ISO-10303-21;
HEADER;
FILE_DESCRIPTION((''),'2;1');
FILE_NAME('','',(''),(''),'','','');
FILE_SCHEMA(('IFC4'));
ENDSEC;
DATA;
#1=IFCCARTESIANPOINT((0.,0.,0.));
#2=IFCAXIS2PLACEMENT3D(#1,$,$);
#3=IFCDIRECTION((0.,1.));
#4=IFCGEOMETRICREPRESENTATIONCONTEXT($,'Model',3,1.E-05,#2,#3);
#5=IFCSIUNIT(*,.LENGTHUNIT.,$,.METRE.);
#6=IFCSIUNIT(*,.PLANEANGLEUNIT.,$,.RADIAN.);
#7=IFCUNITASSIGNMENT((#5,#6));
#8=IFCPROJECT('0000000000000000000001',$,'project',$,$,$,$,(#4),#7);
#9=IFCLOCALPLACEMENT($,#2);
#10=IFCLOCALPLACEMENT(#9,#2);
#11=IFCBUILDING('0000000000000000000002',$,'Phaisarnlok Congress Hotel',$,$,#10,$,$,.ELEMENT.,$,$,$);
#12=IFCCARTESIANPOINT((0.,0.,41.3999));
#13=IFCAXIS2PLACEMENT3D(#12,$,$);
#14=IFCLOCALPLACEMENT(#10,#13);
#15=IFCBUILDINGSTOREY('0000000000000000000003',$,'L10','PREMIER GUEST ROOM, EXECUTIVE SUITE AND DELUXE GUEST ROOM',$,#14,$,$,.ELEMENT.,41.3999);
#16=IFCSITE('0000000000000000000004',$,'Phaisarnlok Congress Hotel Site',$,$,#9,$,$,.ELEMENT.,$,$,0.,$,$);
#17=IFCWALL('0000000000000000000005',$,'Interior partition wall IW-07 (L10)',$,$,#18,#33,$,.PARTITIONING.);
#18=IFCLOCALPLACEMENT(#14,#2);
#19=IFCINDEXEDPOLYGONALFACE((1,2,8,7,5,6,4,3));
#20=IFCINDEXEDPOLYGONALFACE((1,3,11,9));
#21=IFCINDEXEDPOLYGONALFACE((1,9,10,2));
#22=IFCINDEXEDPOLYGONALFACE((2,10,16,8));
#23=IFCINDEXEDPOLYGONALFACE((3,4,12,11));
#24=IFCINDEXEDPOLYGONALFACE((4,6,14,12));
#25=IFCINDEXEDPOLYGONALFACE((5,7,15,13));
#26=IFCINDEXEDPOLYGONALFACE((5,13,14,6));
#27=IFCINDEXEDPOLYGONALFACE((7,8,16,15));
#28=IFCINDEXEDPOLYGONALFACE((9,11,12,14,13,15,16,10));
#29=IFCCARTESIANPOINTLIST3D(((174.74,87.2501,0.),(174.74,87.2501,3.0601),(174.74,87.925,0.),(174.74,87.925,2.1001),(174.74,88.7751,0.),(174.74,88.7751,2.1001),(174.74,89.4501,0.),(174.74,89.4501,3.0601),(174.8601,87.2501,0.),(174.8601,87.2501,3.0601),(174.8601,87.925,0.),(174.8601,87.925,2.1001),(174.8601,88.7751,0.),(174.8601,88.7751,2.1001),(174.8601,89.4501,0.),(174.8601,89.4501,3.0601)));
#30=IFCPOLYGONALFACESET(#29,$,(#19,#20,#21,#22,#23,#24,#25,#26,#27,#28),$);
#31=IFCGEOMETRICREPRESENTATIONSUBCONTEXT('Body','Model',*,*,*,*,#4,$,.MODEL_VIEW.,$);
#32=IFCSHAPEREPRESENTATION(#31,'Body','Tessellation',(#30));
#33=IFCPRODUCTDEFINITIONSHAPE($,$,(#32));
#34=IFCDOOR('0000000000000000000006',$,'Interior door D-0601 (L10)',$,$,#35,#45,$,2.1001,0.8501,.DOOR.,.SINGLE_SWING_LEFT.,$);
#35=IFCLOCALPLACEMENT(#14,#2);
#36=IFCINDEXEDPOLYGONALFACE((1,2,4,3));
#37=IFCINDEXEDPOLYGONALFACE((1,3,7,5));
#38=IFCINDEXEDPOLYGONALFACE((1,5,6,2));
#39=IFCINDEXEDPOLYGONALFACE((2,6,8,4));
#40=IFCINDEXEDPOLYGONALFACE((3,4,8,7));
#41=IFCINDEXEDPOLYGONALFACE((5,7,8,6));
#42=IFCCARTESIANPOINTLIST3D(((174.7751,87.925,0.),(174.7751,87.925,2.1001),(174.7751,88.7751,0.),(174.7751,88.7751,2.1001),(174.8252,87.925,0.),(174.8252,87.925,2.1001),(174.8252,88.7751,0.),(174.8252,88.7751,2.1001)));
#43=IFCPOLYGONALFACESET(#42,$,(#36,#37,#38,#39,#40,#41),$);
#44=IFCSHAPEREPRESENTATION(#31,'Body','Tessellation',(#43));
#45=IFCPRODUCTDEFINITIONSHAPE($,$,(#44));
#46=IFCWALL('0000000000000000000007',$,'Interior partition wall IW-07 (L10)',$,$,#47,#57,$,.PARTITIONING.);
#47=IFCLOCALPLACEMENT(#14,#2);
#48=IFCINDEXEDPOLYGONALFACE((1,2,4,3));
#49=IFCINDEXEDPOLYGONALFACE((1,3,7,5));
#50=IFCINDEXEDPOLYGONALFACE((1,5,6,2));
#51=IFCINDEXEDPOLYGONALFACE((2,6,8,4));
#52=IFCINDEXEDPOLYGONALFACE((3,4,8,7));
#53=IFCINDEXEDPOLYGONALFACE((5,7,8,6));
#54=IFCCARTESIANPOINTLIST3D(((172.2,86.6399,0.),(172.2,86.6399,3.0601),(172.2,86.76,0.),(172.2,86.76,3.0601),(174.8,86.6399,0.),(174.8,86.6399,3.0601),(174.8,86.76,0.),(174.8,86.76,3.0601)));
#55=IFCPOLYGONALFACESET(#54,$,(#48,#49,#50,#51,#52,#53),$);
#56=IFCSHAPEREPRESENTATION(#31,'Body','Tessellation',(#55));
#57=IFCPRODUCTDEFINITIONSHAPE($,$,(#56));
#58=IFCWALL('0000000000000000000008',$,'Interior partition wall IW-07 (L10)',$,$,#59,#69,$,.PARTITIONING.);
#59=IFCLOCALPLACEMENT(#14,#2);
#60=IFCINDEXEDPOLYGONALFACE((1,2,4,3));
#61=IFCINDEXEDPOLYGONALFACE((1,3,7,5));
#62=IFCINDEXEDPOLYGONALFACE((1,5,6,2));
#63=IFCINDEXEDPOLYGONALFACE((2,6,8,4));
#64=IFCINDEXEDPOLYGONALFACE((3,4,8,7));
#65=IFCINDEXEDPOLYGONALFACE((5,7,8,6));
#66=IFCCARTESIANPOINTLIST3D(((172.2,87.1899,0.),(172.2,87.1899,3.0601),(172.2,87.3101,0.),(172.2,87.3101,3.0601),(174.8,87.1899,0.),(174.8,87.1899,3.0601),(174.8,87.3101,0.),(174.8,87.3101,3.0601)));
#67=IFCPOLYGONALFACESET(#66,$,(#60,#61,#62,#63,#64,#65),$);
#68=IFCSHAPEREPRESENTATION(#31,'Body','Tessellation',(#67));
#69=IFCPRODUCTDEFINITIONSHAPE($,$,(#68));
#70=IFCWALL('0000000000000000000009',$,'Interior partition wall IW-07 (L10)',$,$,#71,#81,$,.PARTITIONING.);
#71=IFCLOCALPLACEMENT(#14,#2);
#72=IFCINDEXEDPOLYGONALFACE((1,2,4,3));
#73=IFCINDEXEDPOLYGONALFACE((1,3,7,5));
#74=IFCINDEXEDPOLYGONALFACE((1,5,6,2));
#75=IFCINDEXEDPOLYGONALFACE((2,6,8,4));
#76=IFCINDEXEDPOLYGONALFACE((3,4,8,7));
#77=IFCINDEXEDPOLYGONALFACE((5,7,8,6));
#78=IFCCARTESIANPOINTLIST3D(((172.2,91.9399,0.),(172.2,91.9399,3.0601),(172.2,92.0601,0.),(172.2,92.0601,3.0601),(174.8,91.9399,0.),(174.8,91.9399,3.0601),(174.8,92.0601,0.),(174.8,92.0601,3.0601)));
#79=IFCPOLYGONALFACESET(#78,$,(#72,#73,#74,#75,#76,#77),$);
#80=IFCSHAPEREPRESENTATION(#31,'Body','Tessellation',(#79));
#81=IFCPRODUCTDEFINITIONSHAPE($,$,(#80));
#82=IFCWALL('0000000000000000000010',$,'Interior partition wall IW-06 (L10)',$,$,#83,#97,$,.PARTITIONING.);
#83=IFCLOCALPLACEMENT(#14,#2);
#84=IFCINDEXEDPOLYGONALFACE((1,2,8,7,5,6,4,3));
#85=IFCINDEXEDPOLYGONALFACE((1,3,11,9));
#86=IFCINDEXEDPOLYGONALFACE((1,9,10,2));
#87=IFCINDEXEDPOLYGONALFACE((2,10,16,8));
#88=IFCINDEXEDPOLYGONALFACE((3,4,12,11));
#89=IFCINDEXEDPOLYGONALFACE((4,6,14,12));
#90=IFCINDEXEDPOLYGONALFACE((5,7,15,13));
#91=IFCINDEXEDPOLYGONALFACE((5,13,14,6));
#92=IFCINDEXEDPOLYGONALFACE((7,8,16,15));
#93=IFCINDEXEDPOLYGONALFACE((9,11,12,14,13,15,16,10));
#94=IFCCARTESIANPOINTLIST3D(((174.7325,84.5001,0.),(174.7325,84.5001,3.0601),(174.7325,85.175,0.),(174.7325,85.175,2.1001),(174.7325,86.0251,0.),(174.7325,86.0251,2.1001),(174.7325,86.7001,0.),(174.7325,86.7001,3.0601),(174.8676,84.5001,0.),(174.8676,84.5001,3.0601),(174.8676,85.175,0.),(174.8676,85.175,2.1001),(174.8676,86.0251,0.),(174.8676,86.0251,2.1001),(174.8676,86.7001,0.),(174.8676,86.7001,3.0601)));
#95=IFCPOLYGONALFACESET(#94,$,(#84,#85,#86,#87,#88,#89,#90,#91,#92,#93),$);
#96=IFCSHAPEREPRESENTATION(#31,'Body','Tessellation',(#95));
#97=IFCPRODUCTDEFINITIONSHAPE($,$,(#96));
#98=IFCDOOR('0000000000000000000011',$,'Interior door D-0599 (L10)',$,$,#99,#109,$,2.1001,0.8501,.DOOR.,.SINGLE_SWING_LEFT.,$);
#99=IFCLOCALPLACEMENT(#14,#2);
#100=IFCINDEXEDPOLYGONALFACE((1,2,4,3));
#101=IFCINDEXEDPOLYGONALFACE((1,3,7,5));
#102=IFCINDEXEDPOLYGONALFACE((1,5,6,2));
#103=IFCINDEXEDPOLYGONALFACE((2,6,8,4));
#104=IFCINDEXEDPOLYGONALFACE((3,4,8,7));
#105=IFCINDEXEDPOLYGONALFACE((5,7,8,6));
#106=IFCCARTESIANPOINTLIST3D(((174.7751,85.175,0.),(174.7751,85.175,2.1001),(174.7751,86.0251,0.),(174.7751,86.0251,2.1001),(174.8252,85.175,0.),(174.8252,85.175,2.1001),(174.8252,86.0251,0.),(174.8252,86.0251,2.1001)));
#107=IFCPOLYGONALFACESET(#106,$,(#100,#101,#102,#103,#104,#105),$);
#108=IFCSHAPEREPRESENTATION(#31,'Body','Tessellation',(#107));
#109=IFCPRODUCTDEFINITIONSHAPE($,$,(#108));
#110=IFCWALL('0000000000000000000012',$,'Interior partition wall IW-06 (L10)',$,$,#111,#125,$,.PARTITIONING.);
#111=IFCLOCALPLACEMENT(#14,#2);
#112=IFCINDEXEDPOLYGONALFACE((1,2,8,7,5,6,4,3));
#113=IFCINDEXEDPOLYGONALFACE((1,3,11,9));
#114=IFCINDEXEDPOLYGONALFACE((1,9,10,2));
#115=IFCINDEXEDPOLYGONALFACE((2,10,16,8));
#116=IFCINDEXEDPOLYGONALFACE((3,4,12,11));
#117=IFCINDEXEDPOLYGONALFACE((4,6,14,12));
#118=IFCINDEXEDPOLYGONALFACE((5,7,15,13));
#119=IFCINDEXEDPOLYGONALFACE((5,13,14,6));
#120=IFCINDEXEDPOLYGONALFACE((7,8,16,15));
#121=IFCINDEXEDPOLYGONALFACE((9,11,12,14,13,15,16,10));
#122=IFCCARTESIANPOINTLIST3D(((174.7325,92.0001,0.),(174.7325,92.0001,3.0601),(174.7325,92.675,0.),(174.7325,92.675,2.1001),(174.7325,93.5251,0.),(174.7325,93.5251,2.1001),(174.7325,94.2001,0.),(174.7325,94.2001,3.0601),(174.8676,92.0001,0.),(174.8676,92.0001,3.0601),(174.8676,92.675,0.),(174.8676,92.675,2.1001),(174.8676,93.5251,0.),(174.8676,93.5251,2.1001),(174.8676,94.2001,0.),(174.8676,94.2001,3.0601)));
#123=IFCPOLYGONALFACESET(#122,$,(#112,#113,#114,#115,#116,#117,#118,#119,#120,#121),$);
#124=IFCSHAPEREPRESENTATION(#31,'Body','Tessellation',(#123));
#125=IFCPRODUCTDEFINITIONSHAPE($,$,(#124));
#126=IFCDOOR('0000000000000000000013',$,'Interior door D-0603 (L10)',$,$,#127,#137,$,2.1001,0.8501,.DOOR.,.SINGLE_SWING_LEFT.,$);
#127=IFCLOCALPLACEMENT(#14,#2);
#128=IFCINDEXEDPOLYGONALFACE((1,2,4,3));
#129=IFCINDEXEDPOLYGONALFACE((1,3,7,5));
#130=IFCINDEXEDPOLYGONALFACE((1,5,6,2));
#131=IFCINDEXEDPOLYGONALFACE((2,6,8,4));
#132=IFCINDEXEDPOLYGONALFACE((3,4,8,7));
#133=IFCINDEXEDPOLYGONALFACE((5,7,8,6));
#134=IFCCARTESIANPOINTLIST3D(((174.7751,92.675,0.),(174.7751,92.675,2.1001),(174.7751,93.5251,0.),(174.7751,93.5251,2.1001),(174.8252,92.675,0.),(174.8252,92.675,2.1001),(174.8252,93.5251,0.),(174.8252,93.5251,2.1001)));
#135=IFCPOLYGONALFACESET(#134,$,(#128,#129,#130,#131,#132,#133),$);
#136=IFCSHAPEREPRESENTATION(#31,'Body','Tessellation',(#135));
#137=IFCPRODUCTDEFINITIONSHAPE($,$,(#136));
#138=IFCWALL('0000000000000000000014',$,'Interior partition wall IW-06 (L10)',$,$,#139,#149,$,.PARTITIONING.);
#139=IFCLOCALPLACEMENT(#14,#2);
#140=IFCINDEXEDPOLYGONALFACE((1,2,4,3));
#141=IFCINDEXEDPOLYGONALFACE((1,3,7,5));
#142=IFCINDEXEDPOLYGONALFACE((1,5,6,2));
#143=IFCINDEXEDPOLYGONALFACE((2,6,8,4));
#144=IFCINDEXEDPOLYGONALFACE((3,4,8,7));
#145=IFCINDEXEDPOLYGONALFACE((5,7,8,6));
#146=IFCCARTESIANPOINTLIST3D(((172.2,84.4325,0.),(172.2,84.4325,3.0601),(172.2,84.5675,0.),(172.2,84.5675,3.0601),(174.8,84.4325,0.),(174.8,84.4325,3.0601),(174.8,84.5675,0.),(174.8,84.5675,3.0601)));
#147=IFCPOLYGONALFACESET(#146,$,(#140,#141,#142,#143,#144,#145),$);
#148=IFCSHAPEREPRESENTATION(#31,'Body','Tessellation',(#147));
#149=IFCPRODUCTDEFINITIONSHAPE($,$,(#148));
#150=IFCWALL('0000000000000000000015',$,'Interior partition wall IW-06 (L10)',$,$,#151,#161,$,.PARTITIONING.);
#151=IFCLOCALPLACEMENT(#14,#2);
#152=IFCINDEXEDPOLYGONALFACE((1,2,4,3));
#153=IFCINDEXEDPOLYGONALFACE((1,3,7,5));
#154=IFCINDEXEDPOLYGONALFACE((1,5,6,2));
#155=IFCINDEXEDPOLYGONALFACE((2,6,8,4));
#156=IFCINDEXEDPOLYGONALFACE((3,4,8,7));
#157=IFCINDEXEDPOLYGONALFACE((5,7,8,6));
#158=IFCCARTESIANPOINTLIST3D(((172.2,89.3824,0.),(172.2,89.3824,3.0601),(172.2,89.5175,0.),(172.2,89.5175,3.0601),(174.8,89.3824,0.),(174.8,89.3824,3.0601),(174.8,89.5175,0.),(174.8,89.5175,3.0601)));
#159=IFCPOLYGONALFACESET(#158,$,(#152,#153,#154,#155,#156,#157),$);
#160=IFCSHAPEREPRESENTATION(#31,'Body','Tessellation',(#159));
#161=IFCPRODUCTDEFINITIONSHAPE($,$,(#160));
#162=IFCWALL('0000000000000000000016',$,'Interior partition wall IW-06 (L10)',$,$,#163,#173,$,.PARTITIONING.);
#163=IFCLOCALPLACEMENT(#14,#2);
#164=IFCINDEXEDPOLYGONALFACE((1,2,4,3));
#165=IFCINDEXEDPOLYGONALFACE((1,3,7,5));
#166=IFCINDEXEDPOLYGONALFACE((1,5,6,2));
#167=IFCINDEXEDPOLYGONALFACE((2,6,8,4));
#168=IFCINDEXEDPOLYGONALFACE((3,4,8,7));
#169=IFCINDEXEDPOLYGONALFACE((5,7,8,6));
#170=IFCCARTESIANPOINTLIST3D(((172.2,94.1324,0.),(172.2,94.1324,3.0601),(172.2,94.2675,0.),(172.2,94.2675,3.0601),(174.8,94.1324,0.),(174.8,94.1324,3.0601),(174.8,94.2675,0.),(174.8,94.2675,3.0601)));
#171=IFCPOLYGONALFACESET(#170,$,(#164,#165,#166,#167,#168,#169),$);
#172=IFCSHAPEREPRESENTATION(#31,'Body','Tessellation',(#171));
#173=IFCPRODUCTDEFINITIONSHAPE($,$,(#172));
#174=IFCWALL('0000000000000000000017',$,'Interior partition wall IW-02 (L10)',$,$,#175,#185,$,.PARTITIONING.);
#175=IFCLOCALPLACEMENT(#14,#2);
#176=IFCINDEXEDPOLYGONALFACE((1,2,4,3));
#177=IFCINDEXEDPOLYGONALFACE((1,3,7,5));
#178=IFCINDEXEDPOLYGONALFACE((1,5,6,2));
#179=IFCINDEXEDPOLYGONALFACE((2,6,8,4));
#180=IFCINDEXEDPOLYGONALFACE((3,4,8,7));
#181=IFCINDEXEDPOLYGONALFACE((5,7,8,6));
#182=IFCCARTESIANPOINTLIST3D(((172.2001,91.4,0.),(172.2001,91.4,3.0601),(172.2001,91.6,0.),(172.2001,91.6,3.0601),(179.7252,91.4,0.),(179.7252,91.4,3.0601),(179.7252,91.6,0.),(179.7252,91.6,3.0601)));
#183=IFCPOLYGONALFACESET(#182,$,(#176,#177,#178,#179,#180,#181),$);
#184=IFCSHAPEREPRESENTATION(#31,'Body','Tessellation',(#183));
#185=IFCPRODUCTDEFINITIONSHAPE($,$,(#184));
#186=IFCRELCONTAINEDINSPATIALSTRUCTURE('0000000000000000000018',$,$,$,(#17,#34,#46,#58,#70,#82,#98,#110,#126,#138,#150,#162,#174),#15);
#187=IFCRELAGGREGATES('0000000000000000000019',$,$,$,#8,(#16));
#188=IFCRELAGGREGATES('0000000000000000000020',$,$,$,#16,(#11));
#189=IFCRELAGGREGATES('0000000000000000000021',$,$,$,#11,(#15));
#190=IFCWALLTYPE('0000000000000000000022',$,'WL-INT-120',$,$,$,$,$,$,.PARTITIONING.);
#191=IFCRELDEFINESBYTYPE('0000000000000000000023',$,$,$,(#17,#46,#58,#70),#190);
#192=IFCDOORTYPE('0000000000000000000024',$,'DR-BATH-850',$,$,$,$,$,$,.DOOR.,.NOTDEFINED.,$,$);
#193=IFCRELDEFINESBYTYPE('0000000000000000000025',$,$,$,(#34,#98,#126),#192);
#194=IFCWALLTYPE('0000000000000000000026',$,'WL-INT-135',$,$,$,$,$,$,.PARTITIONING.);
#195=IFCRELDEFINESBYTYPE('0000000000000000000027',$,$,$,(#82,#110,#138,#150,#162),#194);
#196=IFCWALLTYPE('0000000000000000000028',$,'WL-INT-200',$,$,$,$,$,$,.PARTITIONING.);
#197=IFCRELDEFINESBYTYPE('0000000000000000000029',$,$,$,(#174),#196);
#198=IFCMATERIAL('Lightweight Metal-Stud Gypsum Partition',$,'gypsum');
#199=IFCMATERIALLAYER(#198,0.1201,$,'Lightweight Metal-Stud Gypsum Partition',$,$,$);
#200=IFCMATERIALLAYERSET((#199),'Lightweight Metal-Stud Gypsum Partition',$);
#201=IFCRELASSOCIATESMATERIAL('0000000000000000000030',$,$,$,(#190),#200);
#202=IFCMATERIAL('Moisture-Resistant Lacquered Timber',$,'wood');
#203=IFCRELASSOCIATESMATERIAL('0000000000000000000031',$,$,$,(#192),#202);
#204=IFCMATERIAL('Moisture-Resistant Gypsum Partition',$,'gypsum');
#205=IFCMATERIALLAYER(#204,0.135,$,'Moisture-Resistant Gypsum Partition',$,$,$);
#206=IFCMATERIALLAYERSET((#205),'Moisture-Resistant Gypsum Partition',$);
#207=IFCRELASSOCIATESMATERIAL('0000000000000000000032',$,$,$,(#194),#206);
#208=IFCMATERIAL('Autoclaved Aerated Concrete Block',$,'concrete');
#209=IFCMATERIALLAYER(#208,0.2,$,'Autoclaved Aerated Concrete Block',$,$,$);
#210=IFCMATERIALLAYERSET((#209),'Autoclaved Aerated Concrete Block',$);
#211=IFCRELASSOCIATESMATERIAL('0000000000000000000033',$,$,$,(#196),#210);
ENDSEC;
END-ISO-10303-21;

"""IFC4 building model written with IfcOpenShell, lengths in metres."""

from ifc_helpers import new_model, si_unit, direction, frame, frame_2d, origin, place, context, subcontext, project, spatial, rectangle, extrude, material, layer, layer_set, type_object, element, fill, save


model = new_model("IFC4")

# Units and contexts
model_context = context("Model", 3, precision=1e-05, world=origin(), true_north=direction((0.0, 1.0)))
body_context = subcontext(model_context, "Body", "Model", "MODEL_VIEW")
ifc_project = project(units=[si_unit("LENGTHUNIT", "METRE"), si_unit("PLANEANGLEUNIT", "RADIAN")], contexts=[model_context])

# Site, building, storey
site_placement = place(None, origin())
site = spatial("IfcSite", under=ifc_project, at=site_placement, Name="Phaisarnlok Congress Hotel Site", CompositionType="ELEMENT", RefElevation=0.0)
building_placement = place(site_placement, origin())
building = spatial("IfcBuilding", under=site, at=building_placement, Name="Phaisarnlok Congress Hotel", CompositionType="ELEMENT")
storey_placement = place(building_placement, frame((0.0, 0.0, 41.3999)))
storey = spatial("IfcBuildingStorey", under=building, at=storey_placement, Name="L10", Description="PREMIER GUEST ROOM, EXECUTIVE SUITE AND DELUXE GUEST ROOM", CompositionType="ELEMENT", Elevation=41.3999)

# Wall, opening, door
ifc_material_1 = material(Name="Lightweight Metal-Stud Gypsum Partition", Category="gypsum")
ifc_layer_1 = layer(ifc_material_1, 0.1201, Name="Lightweight Metal-Stud Gypsum Partition")
ifc_layer_set_1 = layer_set([ifc_layer_1], Name="Lightweight Metal-Stud Gypsum Partition")
wall_type_1 = type_object("IfcWallType", Name="WL-INT-120", PredefinedType="PARTITIONING", material=ifc_layer_set_1)
wall_1_placement = place(storey_placement, frame((174.8, 87.25, 0.0), z_axis=(0.0, 0.0, 1.0), x_axis=(0.0, 1.0, 0.0)))
wall_1 = element("IfcWall", 1, at=wall_1_placement, inside=storey, type_object=wall_type_1, Name="Interior partition wall IW-07 (L10)", PredefinedType="PARTITIONING", context=body_context, shape_type="SweptSolid", body=[
    extrude(rectangle(XDim=2.2, YDim=0.1201, at=frame_2d((1.1001, 0.0))), origin(), (0.0, 0.0, 1.0), 3.0601),
])
opening_1_placement = place(wall_1_placement, frame((0.675, 0.0, 0.0)))
opening_1 = element("IfcOpeningElement", 2, at=opening_1_placement, cuts=wall_1, PredefinedType="OPENING", context=body_context, shape_type="SweptSolid", body=[
    extrude(rectangle(XDim=0.8501, YDim=2.1001, at=frame_2d((0.425, 1.05))), frame((0.0, 0.0701, 0.0), z_axis=(0.0, -1.0, 0.0), x_axis=(1.0, 0.0, 0.0)), (0.0, 0.0, 1.0), 0.1401),
])
ifc_material_2 = material(Name="Moisture-Resistant Lacquered Timber", Category="wood")
door_type = type_object("IfcDoorType", Name="DR-BATH-850", OperationType="NOTDEFINED", PredefinedType="DOOR", material=ifc_material_2)
door_1_placement = place(opening_1_placement, origin())
door_1 = element("IfcDoor", 3, at=door_1_placement, inside=storey, type_object=door_type, Name="Interior door D-0601 (L10)", OperationType="SINGLE_SWING_LEFT", OverallHeight=2.1001, OverallWidth=0.8501, PredefinedType="DOOR", context=body_context, shape_type="SweptSolid", body=[
    extrude(rectangle(XDim=0.8501, YDim=2.1001, at=frame_2d((0.425, 1.05))), frame((0.0, 0.0249, 0.0), z_axis=(0.0, -1.0, 0.0), x_axis=(1.0, 0.0, 0.0)), (0.0, 0.0, 1.0), 0.05),
])
fill(opening_1, door_1)

# Walls
for number, where, z_axis, x_axis, name in (
    (4, (172.2, 86.7, 0.0), (0.0, 0.0, 1.0), (1.0, 0.0, 0.0), "Interior partition wall IW-07 (L10)"),
    (5, (172.2, 87.25, 0.0), (0.0, 0.0, 1.0), (1.0, 0.0, 0.0), "Interior partition wall IW-07 (L10)"),
    (6, (172.2, 92.0, 0.0), (0.0, 0.0, 1.0), (1.0, 0.0, 0.0), "Interior partition wall IW-07 (L10)"),
):
    element("IfcWall", number, at=place(storey_placement, frame(where, z_axis=z_axis, x_axis=x_axis)), inside=storey, type_object=wall_type_1, Name=name, PredefinedType="PARTITIONING", context=body_context, shape_type="SweptSolid", body=[
        extrude(rectangle(XDim=2.6001, YDim=0.1201, at=frame_2d((1.3, 0.0))), origin(), (0.0, 0.0, 1.0), 3.0601),
    ])

# Walls, openings, doors
ifc_material_3 = material(Name="Moisture-Resistant Gypsum Partition", Category="gypsum")
ifc_layer_2 = layer(ifc_material_3, 0.135, Name="Moisture-Resistant Gypsum Partition")
ifc_layer_set_2 = layer_set([ifc_layer_2], Name="Moisture-Resistant Gypsum Partition")
wall_type_2 = type_object("IfcWallType", Name="WL-INT-135", PredefinedType="PARTITIONING", material=ifc_layer_set_2)
wall_2_placement = place(storey_placement, frame((174.8, 84.5, 0.0), z_axis=(0.0, 0.0, 1.0), x_axis=(0.0, 1.0, 0.0)))
wall_2 = element("IfcWall", 7, at=wall_2_placement, inside=storey, type_object=wall_type_2, Name="Interior partition wall IW-06 (L10)", PredefinedType="PARTITIONING", context=body_context, shape_type="SweptSolid", body=[
    extrude(rectangle(XDim=2.2, YDim=0.135, at=frame_2d((1.1001, 0.0))), origin(), (0.0, 0.0, 1.0), 3.0601),
])
opening_2_placement = place(wall_2_placement, frame((0.675, 0.0, 0.0)))
opening_2 = element("IfcOpeningElement", 8, at=opening_2_placement, cuts=wall_2, PredefinedType="OPENING", context=body_context, shape_type="SweptSolid", body=[
    extrude(rectangle(XDim=0.8501, YDim=2.1001, at=frame_2d((0.425, 1.05))), frame((0.0, 0.0776, 0.0), z_axis=(0.0, -1.0, 0.0), x_axis=(1.0, 0.0, 0.0)), (0.0, 0.0, 1.0), 0.155),
])
door_2_placement = place(opening_2_placement, origin())
door_2 = element("IfcDoor", 9, at=door_2_placement, inside=storey, type_object=door_type, Name="Interior door D-0599 (L10)", OperationType="SINGLE_SWING_LEFT", OverallHeight=2.1001, OverallWidth=0.8501, PredefinedType="DOOR", context=body_context, shape_type="SweptSolid", body=[
    extrude(rectangle(XDim=0.8501, YDim=2.1001, at=frame_2d((0.425, 1.05))), frame((0.0, 0.0249, 0.0), z_axis=(0.0, -1.0, 0.0), x_axis=(1.0, 0.0, 0.0)), (0.0, 0.0, 1.0), 0.05),
])
fill(opening_2, door_2)
wall_3_placement = place(storey_placement, frame((174.8, 92.0, 0.0), z_axis=(0.0, 0.0, 1.0), x_axis=(0.0, 1.0, 0.0)))
wall_3 = element("IfcWall", 10, at=wall_3_placement, inside=storey, type_object=wall_type_2, Name="Interior partition wall IW-06 (L10)", PredefinedType="PARTITIONING", context=body_context, shape_type="SweptSolid", body=[
    extrude(rectangle(XDim=2.2, YDim=0.135, at=frame_2d((1.1001, 0.0))), origin(), (0.0, 0.0, 1.0), 3.0601),
])
opening_3_placement = place(wall_3_placement, frame((0.675, 0.0, 0.0)))
opening_3 = element("IfcOpeningElement", 11, at=opening_3_placement, cuts=wall_3, PredefinedType="OPENING", context=body_context, shape_type="SweptSolid", body=[
    extrude(rectangle(XDim=0.8501, YDim=2.1001, at=frame_2d((0.425, 1.05))), frame((0.0, 0.0776, 0.0), z_axis=(0.0, -1.0, 0.0), x_axis=(1.0, 0.0, 0.0)), (0.0, 0.0, 1.0), 0.155),
])
door_3_placement = place(opening_3_placement, origin())
door_3 = element("IfcDoor", 12, at=door_3_placement, inside=storey, type_object=door_type, Name="Interior door D-0603 (L10)", OperationType="SINGLE_SWING_LEFT", OverallHeight=2.1001, OverallWidth=0.8501, PredefinedType="DOOR", context=body_context, shape_type="SweptSolid", body=[
    extrude(rectangle(XDim=0.8501, YDim=2.1001, at=frame_2d((0.425, 1.05))), frame((0.0, 0.0249, 0.0), z_axis=(0.0, -1.0, 0.0), x_axis=(1.0, 0.0, 0.0)), (0.0, 0.0, 1.0), 0.05),
])
fill(opening_3, door_3)

# Walls
for number, where, z_axis, x_axis, name in (
    (13, (172.2, 84.5, 0.0), (0.0, 0.0, 1.0), (1.0, 0.0, 0.0), "Interior partition wall IW-06 (L10)"),
    (14, (172.2, 89.45, 0.0), (0.0, 0.0, 1.0), (1.0, 0.0, 0.0), "Interior partition wall IW-06 (L10)"),
    (15, (172.2, 94.2, 0.0), (0.0, 0.0, 1.0), (1.0, 0.0, 0.0), "Interior partition wall IW-06 (L10)"),
):
    element("IfcWall", number, at=place(storey_placement, frame(where, z_axis=z_axis, x_axis=x_axis)), inside=storey, type_object=wall_type_2, Name=name, PredefinedType="PARTITIONING", context=body_context, shape_type="SweptSolid", body=[
        extrude(rectangle(XDim=2.6001, YDim=0.135, at=frame_2d((1.3, 0.0))), origin(), (0.0, 0.0, 1.0), 3.0601),
    ])
ifc_material_4 = material(Name="Autoclaved Aerated Concrete Block", Category="concrete")
ifc_layer_3 = layer(ifc_material_4, 0.2, Name="Autoclaved Aerated Concrete Block")
ifc_layer_set_3 = layer_set([ifc_layer_3], Name="Autoclaved Aerated Concrete Block")
wall_type_3 = type_object("IfcWallType", Name="WL-INT-200", PredefinedType="PARTITIONING", material=ifc_layer_set_3)
wall_4_placement = place(storey_placement, frame((172.2, 91.5, 0.0), z_axis=(0.0, 0.0, 1.0), x_axis=(1.0, 0.0, 0.0)))
element("IfcWall", 16, at=wall_4_placement, inside=storey, type_object=wall_type_3, Name="Interior partition wall IW-02 (L10)", PredefinedType="PARTITIONING", context=body_context, shape_type="SweptSolid", body=[
    extrude(rectangle(XDim=7.5251, YDim=0.2, at=frame_2d((3.7627, 0.0))), origin(), (0.0, 0.0, 1.0), 3.0601),
])

save(model, "model.ifc")
